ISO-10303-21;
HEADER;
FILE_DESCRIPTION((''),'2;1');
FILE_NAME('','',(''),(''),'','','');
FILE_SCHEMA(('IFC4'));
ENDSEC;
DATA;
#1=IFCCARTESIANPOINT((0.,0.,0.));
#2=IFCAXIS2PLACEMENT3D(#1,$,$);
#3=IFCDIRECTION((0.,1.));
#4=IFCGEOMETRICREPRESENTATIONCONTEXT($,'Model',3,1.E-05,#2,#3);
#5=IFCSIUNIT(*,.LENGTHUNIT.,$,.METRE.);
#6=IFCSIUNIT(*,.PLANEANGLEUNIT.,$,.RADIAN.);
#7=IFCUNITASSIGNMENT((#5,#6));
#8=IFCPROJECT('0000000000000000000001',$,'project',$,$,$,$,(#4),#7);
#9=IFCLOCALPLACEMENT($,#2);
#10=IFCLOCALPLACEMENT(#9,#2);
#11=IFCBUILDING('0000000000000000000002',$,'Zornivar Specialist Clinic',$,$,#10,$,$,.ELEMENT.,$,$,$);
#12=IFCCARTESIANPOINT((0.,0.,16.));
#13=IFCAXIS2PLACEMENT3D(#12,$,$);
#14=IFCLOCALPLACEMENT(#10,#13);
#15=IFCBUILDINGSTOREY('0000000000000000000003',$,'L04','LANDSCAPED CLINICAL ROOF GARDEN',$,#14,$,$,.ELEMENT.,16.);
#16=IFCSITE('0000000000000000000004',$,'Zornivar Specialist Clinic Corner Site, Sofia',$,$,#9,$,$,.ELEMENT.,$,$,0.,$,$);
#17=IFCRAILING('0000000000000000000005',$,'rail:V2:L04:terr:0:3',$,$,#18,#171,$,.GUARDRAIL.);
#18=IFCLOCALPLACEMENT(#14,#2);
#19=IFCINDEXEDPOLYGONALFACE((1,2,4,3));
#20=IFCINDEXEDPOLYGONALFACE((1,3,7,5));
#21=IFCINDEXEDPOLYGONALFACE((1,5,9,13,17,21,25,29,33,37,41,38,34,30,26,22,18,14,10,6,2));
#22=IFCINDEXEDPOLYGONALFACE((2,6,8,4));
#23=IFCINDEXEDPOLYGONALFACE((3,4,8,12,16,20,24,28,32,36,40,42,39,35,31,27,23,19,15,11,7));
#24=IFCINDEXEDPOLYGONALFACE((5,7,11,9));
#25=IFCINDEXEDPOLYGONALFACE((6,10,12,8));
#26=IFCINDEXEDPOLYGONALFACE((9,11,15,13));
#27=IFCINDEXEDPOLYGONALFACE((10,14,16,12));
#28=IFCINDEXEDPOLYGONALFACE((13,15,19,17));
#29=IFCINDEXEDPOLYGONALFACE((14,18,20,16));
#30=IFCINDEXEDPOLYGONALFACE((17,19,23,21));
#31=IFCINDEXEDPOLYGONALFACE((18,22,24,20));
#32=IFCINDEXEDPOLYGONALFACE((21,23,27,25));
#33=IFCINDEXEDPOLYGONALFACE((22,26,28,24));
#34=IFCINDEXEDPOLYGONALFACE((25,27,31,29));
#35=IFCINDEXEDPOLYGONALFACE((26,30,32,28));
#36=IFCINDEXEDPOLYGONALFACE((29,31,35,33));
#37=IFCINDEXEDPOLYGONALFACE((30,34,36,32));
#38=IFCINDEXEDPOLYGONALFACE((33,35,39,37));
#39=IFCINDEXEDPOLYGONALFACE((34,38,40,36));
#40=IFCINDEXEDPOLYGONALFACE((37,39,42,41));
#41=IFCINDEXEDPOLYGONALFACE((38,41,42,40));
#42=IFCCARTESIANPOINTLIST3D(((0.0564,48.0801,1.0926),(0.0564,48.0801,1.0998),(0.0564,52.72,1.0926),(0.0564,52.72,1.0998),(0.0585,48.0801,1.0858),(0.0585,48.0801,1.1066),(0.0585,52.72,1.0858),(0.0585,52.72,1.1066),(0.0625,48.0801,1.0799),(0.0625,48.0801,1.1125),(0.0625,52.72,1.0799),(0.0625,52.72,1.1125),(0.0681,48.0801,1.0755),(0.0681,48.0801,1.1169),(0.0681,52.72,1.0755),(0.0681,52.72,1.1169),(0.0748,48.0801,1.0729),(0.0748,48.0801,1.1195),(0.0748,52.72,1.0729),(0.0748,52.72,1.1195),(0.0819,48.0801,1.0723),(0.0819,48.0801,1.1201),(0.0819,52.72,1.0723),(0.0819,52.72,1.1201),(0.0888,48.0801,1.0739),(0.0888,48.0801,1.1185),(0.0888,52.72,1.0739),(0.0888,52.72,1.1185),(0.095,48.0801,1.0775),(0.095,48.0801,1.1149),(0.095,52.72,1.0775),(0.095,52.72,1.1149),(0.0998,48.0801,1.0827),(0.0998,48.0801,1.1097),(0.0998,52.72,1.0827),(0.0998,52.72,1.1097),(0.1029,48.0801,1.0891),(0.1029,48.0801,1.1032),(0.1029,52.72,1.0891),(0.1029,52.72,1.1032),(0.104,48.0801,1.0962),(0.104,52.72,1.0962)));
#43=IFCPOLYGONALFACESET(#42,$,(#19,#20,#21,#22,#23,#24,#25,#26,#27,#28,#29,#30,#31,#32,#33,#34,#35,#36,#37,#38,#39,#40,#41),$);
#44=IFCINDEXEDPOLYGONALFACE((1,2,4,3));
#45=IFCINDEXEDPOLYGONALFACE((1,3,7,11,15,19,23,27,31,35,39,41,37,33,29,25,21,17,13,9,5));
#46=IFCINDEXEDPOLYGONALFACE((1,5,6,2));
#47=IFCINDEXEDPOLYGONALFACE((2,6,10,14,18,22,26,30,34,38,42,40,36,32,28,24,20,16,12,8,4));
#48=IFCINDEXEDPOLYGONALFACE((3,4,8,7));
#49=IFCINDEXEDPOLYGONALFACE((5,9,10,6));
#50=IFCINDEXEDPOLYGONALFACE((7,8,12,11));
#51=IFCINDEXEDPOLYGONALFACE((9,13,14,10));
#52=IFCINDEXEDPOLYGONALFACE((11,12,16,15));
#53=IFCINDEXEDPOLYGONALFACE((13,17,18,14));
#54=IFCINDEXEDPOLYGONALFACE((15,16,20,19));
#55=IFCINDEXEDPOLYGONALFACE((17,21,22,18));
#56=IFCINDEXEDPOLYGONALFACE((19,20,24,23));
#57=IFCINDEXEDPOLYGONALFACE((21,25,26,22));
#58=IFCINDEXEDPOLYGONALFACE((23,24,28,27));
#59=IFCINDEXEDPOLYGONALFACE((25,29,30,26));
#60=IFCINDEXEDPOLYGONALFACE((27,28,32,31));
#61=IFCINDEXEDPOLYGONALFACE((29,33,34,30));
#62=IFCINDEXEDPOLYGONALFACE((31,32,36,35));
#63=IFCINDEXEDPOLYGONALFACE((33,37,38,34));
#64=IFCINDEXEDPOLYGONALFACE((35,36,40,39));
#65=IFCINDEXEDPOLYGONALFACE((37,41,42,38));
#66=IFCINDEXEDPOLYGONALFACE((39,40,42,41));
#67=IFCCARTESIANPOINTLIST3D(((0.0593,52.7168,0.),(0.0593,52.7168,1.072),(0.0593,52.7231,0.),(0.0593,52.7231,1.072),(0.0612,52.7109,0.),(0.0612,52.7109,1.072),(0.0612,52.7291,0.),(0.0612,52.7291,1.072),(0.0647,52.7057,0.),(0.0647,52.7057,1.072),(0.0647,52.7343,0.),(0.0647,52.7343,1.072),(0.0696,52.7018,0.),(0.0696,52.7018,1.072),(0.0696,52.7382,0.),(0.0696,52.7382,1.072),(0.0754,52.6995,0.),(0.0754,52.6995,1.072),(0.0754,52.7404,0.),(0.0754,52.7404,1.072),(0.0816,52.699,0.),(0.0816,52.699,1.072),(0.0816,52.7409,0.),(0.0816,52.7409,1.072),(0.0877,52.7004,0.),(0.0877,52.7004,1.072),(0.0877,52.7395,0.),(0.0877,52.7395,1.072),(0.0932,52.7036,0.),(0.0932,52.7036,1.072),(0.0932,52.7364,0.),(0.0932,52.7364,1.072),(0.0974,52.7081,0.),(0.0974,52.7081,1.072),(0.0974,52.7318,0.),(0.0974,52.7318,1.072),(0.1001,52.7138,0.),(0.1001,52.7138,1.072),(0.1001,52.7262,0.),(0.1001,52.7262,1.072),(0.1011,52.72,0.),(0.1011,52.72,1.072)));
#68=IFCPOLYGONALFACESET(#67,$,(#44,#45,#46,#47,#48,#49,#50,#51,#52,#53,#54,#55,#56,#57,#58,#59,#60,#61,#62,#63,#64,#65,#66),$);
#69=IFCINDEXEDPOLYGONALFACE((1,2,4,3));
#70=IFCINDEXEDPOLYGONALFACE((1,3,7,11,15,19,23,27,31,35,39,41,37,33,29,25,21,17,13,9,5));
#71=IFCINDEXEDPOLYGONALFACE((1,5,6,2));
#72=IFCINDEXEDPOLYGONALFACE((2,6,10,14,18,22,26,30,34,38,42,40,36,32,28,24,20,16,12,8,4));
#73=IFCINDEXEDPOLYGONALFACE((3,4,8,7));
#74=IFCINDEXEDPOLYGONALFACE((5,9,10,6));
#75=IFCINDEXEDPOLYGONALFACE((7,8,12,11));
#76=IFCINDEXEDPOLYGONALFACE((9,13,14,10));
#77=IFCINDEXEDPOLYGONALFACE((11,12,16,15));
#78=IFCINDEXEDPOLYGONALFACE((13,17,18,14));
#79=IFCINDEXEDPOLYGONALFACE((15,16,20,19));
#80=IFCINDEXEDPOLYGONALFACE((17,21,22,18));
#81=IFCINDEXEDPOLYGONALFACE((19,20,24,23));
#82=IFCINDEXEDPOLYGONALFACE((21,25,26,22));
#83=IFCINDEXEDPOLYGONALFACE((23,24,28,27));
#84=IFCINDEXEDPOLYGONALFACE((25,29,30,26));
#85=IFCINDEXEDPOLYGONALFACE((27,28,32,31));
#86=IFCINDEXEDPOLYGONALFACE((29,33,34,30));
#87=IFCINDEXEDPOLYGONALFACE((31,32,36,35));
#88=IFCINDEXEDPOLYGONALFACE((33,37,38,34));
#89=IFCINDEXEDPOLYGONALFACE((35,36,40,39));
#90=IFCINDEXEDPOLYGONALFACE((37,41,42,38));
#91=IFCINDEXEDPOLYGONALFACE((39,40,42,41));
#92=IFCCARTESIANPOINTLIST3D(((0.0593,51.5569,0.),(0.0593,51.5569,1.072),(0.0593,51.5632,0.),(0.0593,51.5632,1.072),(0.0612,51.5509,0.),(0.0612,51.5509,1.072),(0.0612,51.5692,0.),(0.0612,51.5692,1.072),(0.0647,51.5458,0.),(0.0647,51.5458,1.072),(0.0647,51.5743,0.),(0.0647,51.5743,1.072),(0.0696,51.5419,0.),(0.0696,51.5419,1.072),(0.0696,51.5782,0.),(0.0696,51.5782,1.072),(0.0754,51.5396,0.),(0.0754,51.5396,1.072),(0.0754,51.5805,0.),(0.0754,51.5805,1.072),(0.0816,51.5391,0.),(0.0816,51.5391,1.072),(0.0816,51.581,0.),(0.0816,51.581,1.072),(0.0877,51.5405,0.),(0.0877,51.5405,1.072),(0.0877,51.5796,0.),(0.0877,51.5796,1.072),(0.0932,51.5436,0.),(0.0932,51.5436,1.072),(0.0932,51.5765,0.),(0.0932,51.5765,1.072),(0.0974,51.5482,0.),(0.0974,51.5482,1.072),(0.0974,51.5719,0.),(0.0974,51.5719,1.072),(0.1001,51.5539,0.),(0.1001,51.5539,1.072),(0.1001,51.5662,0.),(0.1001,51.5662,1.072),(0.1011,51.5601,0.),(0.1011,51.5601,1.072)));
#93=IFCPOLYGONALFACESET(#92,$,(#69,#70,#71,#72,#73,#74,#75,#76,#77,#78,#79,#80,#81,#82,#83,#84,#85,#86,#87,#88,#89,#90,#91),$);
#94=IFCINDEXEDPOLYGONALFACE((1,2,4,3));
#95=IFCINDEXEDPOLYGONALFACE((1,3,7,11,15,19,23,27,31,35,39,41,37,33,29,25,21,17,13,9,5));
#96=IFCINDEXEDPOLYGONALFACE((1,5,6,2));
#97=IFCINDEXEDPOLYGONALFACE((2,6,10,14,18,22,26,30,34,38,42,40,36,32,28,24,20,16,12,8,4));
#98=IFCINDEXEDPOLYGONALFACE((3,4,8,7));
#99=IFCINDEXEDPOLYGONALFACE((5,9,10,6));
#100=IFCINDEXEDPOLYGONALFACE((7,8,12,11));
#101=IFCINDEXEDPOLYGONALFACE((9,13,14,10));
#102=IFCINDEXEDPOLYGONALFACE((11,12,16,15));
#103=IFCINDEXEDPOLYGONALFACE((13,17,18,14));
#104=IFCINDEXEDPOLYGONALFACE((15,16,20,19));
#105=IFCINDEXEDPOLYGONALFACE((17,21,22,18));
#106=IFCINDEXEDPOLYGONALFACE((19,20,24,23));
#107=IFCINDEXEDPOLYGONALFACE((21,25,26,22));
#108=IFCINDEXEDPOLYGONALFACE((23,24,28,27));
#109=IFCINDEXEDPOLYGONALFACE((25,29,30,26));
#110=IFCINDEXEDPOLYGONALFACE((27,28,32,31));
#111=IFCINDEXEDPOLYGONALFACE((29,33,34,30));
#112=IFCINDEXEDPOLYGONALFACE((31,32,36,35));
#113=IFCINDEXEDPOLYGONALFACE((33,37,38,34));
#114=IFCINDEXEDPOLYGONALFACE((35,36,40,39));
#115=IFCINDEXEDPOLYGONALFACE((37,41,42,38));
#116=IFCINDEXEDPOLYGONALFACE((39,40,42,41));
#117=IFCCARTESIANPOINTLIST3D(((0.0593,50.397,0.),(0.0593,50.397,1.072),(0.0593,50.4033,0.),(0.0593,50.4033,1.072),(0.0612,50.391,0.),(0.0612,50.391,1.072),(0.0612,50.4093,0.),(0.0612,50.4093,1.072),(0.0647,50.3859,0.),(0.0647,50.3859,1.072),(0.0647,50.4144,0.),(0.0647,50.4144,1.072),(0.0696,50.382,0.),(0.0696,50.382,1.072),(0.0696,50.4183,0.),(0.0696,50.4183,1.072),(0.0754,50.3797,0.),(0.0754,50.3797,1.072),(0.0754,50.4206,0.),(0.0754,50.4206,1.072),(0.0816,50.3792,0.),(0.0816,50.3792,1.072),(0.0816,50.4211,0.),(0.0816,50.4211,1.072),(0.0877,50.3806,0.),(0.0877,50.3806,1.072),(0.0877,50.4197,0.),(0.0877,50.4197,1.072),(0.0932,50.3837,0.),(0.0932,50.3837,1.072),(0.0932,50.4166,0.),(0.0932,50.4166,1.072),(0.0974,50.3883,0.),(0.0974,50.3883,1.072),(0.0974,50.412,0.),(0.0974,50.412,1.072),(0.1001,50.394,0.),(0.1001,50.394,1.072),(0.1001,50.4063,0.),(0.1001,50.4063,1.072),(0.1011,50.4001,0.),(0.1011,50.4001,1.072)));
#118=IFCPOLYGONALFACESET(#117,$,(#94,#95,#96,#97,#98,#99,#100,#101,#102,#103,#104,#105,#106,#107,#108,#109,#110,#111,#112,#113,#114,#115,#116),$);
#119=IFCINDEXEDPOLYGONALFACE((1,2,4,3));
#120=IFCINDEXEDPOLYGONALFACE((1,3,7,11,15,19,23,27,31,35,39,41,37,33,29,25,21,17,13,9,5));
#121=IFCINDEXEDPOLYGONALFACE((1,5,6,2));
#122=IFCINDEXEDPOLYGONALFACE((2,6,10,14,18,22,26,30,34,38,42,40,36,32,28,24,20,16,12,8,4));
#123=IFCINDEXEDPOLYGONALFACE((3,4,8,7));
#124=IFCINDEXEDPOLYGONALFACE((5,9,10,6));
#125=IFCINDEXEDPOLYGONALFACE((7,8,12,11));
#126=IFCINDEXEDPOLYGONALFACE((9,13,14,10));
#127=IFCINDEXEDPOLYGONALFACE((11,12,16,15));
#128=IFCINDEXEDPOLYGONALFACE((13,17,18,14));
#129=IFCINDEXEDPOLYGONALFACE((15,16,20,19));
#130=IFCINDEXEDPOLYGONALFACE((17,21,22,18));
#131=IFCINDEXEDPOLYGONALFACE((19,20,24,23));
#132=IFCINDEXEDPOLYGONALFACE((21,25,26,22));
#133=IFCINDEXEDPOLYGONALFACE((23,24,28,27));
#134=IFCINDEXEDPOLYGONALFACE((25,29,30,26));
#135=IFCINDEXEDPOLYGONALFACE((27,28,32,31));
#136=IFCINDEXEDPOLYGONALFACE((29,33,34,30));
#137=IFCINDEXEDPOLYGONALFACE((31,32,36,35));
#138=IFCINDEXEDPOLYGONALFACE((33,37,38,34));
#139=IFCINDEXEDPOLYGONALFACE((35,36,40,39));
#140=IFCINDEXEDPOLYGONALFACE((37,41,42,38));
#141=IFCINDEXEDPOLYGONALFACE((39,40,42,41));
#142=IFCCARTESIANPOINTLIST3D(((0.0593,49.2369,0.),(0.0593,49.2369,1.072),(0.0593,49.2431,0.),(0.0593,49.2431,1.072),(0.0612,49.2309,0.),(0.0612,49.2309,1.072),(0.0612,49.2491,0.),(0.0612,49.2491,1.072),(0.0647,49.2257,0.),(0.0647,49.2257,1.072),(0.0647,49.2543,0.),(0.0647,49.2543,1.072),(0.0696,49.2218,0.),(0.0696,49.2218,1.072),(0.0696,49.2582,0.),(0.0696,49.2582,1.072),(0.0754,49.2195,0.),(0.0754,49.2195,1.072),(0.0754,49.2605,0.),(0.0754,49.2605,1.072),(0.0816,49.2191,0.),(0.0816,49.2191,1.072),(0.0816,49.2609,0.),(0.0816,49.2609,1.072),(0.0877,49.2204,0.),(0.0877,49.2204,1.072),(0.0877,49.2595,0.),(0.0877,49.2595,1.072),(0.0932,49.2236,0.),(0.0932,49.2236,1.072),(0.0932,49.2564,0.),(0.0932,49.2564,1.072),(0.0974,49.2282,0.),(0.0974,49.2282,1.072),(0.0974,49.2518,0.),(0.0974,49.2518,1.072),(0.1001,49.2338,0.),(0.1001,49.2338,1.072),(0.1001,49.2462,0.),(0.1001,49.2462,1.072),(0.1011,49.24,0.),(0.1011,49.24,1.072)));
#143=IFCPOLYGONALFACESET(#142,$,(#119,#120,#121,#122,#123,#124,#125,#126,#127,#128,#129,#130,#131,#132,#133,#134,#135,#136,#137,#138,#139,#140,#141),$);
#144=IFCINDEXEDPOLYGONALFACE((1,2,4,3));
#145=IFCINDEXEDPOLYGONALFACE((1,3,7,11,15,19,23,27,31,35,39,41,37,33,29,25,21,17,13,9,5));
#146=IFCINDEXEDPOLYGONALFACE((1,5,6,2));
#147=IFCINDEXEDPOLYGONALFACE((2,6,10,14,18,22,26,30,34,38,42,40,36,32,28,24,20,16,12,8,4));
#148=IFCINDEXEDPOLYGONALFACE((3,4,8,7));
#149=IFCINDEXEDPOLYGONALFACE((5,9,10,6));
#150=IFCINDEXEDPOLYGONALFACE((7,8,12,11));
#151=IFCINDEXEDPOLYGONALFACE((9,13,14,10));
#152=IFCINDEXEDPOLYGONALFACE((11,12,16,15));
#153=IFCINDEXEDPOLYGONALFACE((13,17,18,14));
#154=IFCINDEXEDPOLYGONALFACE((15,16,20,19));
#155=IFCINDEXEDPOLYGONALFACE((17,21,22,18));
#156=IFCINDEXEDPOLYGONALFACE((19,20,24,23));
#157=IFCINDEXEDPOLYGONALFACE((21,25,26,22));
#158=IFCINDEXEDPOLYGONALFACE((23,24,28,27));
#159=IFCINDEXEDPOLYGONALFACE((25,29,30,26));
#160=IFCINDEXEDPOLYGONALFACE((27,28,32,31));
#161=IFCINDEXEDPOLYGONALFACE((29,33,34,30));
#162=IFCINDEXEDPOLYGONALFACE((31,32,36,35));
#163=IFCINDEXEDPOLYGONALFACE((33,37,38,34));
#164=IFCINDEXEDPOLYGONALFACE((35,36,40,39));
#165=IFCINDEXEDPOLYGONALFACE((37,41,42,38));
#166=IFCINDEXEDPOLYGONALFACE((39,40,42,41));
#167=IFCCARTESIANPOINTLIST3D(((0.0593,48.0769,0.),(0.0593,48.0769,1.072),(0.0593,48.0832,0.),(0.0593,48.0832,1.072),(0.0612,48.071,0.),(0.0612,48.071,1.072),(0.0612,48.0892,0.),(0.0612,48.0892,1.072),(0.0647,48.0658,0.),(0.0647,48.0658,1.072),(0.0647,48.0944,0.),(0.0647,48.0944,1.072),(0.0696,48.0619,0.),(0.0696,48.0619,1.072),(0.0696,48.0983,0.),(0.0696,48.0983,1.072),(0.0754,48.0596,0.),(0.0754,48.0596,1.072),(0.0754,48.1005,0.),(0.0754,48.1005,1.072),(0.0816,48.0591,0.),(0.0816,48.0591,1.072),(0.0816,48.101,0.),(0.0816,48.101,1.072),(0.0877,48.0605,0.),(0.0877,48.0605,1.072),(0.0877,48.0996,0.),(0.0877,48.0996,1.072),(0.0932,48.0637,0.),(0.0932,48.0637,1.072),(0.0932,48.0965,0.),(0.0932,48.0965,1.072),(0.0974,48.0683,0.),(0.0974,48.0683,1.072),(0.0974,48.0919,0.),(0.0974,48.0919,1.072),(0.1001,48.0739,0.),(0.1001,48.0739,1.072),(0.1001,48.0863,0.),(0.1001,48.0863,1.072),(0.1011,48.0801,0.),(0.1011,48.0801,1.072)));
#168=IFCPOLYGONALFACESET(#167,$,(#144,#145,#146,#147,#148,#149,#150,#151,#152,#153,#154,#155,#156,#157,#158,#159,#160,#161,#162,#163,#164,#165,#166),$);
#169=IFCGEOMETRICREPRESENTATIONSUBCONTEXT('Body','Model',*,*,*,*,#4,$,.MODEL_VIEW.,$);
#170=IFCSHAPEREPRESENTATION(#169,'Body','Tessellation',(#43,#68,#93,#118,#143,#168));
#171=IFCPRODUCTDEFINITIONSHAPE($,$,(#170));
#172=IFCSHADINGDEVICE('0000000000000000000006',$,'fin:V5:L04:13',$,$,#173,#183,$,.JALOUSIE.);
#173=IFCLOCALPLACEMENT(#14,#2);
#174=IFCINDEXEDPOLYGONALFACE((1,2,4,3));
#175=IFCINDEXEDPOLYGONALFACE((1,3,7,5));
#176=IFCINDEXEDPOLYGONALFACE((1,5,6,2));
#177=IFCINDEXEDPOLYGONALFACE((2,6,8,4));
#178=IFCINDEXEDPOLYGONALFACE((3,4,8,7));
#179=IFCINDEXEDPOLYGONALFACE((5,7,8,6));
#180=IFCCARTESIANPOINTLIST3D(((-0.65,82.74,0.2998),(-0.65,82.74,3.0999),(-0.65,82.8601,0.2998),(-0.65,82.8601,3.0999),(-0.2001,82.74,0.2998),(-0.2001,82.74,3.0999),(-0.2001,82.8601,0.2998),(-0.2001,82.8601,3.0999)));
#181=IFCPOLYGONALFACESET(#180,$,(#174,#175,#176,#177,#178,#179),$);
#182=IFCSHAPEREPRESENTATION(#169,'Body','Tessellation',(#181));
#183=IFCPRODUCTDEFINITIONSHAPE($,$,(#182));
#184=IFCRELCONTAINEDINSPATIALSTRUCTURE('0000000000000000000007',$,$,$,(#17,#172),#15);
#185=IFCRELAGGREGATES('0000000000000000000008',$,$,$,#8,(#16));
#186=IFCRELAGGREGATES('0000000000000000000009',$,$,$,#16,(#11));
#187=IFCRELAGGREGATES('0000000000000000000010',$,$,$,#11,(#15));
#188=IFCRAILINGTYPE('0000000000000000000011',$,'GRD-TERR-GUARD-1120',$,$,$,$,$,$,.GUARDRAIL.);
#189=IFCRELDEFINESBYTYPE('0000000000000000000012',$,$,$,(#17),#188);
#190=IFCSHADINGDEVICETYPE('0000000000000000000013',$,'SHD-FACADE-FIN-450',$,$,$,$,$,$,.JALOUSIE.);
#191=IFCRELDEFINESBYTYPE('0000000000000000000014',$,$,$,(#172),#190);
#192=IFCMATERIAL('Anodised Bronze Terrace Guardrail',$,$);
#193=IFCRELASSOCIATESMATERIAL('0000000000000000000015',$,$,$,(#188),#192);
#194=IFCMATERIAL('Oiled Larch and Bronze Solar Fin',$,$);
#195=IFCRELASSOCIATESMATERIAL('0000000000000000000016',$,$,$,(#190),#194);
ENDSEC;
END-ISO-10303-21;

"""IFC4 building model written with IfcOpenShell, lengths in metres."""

from ifc_helpers import new_model, si_unit, direction, frame, origin, origin_2d, place, context, subcontext, project, spatial, rectangle, circle, extrude, material, type_object, element, save


model = new_model("IFC4")

# Units and contexts
model_context = context("Model", 3, precision=1e-05, world=origin(), true_north=direction((0.0, 1.0)))
body_context = subcontext(model_context, "Body", "Model", "MODEL_VIEW")
ifc_project = project(units=[si_unit("LENGTHUNIT", "METRE"), si_unit("PLANEANGLEUNIT", "RADIAN")], contexts=[model_context])

# Site, building, storey
site_placement = place(None, origin())
site = spatial("IfcSite", under=ifc_project, at=site_placement, Name="Zornivar Specialist Clinic Corner Site, Sofia", CompositionType="ELEMENT", RefElevation=0.0)
building_placement = place(site_placement, origin())
building = spatial("IfcBuilding", under=site, at=building_placement, Name="Zornivar Specialist Clinic", CompositionType="ELEMENT")
storey_placement = place(building_placement, frame((0.0, 0.0, 16.0)))
storey = spatial("IfcBuildingStorey", under=building, at=storey_placement, Name="L04", Description="LANDSCAPED CLINICAL ROOF GARDEN", CompositionType="ELEMENT", Elevation=16.0)

# Railing
ifc_material_1 = material(Name="Anodised Bronze Terrace Guardrail")
railing_type_1 = type_object("IfcRailingType", Name="GRD-TERR-GUARD-1120", PredefinedType="GUARDRAIL", material=ifc_material_1)
railing_1_placement = place(storey_placement, frame((0.0801, 52.72, 0.0)))
element("IfcRailing", 1, at=railing_1_placement, inside=storey, type_object=railing_type_1, Name="rail:V2:L04:terr:0:3", PredefinedType="GUARDRAIL", context=body_context, shape_type="SweptSolid", body=[
    extrude(circle(Radius=0.0239, at=origin_2d()), frame((0.0, 0.0, 1.0962), z_axis=(0.0, -1.0, 0.0), x_axis=(1.0, 0.0, 0.0)), (0.0, 0.0, 1.0), 4.6399),
    extrude(circle(Radius=0.021, at=origin_2d()), origin(), (0.0, 0.0, 1.0), 1.072),
    extrude(circle(Radius=0.021, at=origin_2d()), frame((0.0, -1.1599, 0.0)), (0.0, 0.0, 1.0), 1.072),
    extrude(circle(Radius=0.021, at=origin_2d()), frame((0.0, -2.3198, 0.0)), (0.0, 0.0, 1.0), 1.072),
    extrude(circle(Radius=0.021, at=origin_2d()), frame((0.0, -3.48, 0.0)), (0.0, 0.0, 1.0), 1.072),
    extrude(circle(Radius=0.021, at=origin_2d()), frame((0.0, -4.6399, 0.0)), (0.0, 0.0, 1.0), 1.072),
])

# Shading device
ifc_material_2 = material(Name="Oiled Larch and Bronze Solar Fin")
shading_device_type = type_object("IfcShadingDeviceType", Name="SHD-FACADE-FIN-450", PredefinedType="JALOUSIE", material=ifc_material_2)
shading_device_placement = place(storey_placement, frame((-0.425, 82.8, 0.2998), z_axis=(0.0, 0.0, 1.0), x_axis=(0.0, -1.0, 0.0)))
element("IfcShadingDevice", 2, at=shading_device_placement, inside=storey, type_object=shading_device_type, Name="fin:V5:L04:13", PredefinedType="JALOUSIE", context=body_context, shape_type="SweptSolid", body=[
    extrude(rectangle(XDim=0.1201, YDim=0.45, at=origin_2d()), origin(), (0.0, 0.0, 1.0), 2.8),
])

save(model, "model.ifc")
